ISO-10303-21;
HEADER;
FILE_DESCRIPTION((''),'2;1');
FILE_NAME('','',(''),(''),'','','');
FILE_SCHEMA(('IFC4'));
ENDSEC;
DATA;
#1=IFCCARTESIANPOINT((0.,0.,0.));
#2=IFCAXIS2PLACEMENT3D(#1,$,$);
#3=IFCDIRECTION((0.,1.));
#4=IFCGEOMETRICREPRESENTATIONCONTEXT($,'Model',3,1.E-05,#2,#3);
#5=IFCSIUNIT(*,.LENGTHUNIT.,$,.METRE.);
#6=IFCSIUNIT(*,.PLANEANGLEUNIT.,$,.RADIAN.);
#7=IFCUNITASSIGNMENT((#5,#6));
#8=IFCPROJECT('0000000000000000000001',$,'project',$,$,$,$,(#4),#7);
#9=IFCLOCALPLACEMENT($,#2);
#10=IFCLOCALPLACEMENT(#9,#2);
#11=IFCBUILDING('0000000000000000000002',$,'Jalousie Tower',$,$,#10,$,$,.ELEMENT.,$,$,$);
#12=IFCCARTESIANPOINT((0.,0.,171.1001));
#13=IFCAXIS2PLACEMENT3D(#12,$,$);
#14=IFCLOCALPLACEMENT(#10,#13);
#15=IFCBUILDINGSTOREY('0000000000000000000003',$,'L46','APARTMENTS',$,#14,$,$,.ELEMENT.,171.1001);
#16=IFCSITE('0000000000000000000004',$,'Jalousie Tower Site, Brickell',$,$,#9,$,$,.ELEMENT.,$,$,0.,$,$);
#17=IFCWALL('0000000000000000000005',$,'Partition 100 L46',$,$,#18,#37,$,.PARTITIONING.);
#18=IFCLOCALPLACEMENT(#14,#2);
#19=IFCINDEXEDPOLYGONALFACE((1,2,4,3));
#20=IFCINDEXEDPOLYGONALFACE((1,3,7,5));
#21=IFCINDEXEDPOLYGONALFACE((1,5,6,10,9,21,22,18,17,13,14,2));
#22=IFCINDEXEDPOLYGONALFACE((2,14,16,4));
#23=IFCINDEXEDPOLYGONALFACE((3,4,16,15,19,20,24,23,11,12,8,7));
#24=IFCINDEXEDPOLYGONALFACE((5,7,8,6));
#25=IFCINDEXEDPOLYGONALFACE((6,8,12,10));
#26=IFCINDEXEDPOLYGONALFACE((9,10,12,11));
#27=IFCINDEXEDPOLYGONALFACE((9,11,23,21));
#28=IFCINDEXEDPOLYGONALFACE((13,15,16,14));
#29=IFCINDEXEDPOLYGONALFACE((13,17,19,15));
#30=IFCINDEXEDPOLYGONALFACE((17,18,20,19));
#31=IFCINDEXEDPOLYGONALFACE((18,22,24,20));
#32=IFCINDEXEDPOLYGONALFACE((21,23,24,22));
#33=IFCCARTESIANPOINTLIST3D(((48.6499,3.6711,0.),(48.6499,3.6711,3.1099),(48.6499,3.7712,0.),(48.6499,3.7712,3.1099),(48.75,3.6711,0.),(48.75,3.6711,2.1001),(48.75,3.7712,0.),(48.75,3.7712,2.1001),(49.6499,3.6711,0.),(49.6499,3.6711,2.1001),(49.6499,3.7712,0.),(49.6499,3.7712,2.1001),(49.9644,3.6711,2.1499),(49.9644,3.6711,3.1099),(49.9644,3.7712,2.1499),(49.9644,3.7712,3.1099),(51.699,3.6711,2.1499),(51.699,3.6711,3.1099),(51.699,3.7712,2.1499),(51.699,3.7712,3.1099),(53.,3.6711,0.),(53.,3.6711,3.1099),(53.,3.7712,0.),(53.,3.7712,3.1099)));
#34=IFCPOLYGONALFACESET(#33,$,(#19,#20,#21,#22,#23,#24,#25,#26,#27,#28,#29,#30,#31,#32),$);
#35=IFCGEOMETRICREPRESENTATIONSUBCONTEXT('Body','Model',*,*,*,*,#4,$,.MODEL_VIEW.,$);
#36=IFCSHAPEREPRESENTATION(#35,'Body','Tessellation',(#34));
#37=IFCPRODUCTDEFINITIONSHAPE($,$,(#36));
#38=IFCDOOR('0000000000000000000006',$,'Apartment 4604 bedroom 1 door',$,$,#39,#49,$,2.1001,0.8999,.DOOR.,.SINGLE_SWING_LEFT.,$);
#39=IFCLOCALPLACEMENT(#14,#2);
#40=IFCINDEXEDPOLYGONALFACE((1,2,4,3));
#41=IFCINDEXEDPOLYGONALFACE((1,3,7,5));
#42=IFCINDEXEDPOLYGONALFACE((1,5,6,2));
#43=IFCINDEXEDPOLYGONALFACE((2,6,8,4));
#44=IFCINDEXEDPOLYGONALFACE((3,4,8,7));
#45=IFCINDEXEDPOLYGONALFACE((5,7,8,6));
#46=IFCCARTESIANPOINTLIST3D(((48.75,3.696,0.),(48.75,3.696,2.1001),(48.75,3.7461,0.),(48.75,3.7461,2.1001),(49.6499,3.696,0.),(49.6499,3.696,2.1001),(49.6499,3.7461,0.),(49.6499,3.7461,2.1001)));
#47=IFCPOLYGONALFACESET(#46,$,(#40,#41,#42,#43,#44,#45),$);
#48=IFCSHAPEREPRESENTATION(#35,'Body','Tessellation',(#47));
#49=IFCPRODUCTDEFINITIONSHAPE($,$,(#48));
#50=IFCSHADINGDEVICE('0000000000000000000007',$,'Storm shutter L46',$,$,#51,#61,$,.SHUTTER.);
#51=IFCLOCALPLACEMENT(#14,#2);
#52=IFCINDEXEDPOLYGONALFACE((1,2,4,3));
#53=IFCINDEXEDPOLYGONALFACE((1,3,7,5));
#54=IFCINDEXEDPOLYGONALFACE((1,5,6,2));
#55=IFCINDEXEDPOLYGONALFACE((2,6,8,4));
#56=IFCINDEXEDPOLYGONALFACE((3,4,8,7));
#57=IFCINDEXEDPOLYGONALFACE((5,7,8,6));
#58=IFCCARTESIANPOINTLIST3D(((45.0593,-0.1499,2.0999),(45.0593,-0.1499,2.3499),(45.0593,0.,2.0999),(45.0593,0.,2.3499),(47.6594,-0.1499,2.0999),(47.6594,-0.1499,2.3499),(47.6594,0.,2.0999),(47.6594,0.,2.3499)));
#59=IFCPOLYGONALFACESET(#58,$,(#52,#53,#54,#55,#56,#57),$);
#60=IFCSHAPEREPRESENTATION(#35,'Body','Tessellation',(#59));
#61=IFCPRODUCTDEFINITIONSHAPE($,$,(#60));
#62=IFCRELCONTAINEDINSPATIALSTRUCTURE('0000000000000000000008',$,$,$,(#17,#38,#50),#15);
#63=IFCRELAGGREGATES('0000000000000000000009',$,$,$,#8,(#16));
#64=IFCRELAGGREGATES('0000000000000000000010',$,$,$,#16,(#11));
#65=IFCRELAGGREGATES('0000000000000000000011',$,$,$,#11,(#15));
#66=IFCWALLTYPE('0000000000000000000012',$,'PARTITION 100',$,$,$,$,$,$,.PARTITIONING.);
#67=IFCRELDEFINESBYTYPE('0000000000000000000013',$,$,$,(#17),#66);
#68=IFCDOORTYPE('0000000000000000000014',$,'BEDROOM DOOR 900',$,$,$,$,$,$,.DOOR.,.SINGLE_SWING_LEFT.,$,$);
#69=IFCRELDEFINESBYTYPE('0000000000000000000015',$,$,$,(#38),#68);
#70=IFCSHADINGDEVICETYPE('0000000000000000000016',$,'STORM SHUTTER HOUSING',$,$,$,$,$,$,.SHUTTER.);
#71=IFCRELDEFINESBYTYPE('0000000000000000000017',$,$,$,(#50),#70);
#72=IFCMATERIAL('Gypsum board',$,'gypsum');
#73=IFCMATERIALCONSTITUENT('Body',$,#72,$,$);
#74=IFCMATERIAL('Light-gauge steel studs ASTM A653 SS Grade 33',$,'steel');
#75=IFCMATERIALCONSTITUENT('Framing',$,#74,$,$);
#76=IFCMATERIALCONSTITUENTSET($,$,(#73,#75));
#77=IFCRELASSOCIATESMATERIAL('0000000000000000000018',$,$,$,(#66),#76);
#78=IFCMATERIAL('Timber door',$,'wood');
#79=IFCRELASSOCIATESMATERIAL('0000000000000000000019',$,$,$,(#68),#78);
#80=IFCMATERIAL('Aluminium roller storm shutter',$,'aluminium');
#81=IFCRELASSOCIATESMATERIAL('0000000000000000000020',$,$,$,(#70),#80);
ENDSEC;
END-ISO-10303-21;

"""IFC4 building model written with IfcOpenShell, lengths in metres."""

from ifc_helpers import new_model, si_unit, direction, frame, frame_2d, origin, origin_2d, place, context, subcontext, project, spatial, polyline, rectangle, outline, extrude, material, constituent, constituent_set, type_object, element, fill, save


model = new_model("IFC4")

# Units and contexts
model_context = context("Model", 3, precision=1e-05, world=origin(), true_north=direction((0.0, 1.0)))
body_context = subcontext(model_context, "Body", "Model", "MODEL_VIEW")
ifc_project = project(units=[si_unit("LENGTHUNIT", "METRE"), si_unit("PLANEANGLEUNIT", "RADIAN")], contexts=[model_context])

# Site, building, storey
site_placement = place(None, origin())
site = spatial("IfcSite", under=ifc_project, at=site_placement, Name="Jalousie Tower Site, Brickell", CompositionType="ELEMENT", RefElevation=0.0)
building_placement = place(site_placement, origin())
building = spatial("IfcBuilding", under=site, at=building_placement, Name="Jalousie Tower", CompositionType="ELEMENT")
storey_placement = place(building_placement, frame((0.0, 0.0, 171.1001)))
storey = spatial("IfcBuildingStorey", under=building, at=storey_placement, Name="L46", Description="APARTMENTS", CompositionType="ELEMENT", Elevation=171.1001)

# Wall, opening, door
ifc_material_1 = material(Name="Gypsum board", Category="gypsum")
ifc_constituent_1 = constituent(ifc_material_1, Name="Body")
ifc_material_2 = material(Name="Light-gauge steel studs ASTM A653 SS Grade 33", Category="steel")
ifc_constituent_2 = constituent(ifc_material_2, Name="Framing")
ifc_constituent_set_1 = constituent_set(constituents=[ifc_constituent_1, ifc_constituent_2])
wall_type_1 = type_object("IfcWallType", Name="PARTITION 100", PredefinedType="PARTITIONING", material=ifc_constituent_set_1)
wall_1_placement = place(storey_placement, frame((48.6499, 3.7212, 0.0), z_axis=(0.0, 0.0, 1.0), x_axis=(1.0, 0.0, 0.0)))
wall_1 = element("IfcWall", 1, at=wall_1_placement, inside=storey, type_object=wall_type_1, Name="Partition 100 L46", PredefinedType="PARTITIONING", context=body_context, shape_type="SweptSolid", body=[
    extrude(outline(polyline([(0.0, 0.0), (4.3501, 0.0), (4.3501, 3.1099), (3.0491, 3.1099), (3.0491, 2.1499), (1.3145, 2.1499), (1.3145, 3.1099), (0.0, 3.1099), (0.0, 0.0)])), frame((0.0, 0.05, 0.0), z_axis=(0.0, -1.0, 0.0), x_axis=(1.0, 0.0, 0.0)), (0.0, 0.0, 1.0), 0.1001),
])
opening_1_placement = place(wall_1_placement, frame((0.1001, 0.0, 0.0)))
opening_1 = element("IfcOpeningElement", 2, at=opening_1_placement, cuts=wall_1, PredefinedType="OPENING", context=body_context, shape_type="SweptSolid", body=[
    extrude(rectangle(XDim=0.8999, YDim=2.1001, at=frame_2d((0.45, 1.05))), frame((0.0, 0.0601, 0.0), z_axis=(0.0, -1.0, 0.0), x_axis=(1.0, 0.0, 0.0)), (0.0, 0.0, 1.0), 0.1201),
])
ifc_material_3 = material(Name="Timber door", Category="wood")
door_type_1 = type_object("IfcDoorType", Name="BEDROOM DOOR 900", OperationType="SINGLE_SWING_LEFT", PredefinedType="DOOR", material=ifc_material_3)
door_1_placement = place(opening_1_placement, origin())
door_1 = element("IfcDoor", 3, at=door_1_placement, inside=storey, type_object=door_type_1, Name="Apartment 4604 bedroom 1 door", OperationType="SINGLE_SWING_LEFT", OverallHeight=2.1001, OverallWidth=0.8999, PredefinedType="DOOR", context=body_context, shape_type="SweptSolid", body=[
    extrude(rectangle(XDim=0.8999, YDim=2.1001, at=frame_2d((0.45, 1.05))), frame((0.0, 0.0249, 0.0), z_axis=(0.0, -1.0, 0.0), x_axis=(1.0, 0.0, 0.0)), (0.0, 0.0, 1.0), 0.05),
])
fill(opening_1, door_1)

# Shading device
ifc_material_4 = material(Name="Aluminium roller storm shutter", Category="aluminium")
shading_device_type = type_object("IfcShadingDeviceType", Name="STORM SHUTTER HOUSING", PredefinedType="SHUTTER", material=ifc_material_4)
shading_device_placement = place(storey_placement, frame((46.3594, -0.075, 2.0999), z_axis=(0.0, 0.0, 1.0), x_axis=(1.0, 0.0, 0.0)))
element("IfcShadingDevice", 4, at=shading_device_placement, inside=storey, type_object=shading_device_type, Name="Storm shutter L46", PredefinedType="SHUTTER", context=body_context, shape_type="SweptSolid", body=[
    extrude(rectangle(XDim=2.6001, YDim=0.1499, at=origin_2d()), origin(), (0.0, 0.0, 1.0), 0.25),
])

save(model, "model.ifc")
